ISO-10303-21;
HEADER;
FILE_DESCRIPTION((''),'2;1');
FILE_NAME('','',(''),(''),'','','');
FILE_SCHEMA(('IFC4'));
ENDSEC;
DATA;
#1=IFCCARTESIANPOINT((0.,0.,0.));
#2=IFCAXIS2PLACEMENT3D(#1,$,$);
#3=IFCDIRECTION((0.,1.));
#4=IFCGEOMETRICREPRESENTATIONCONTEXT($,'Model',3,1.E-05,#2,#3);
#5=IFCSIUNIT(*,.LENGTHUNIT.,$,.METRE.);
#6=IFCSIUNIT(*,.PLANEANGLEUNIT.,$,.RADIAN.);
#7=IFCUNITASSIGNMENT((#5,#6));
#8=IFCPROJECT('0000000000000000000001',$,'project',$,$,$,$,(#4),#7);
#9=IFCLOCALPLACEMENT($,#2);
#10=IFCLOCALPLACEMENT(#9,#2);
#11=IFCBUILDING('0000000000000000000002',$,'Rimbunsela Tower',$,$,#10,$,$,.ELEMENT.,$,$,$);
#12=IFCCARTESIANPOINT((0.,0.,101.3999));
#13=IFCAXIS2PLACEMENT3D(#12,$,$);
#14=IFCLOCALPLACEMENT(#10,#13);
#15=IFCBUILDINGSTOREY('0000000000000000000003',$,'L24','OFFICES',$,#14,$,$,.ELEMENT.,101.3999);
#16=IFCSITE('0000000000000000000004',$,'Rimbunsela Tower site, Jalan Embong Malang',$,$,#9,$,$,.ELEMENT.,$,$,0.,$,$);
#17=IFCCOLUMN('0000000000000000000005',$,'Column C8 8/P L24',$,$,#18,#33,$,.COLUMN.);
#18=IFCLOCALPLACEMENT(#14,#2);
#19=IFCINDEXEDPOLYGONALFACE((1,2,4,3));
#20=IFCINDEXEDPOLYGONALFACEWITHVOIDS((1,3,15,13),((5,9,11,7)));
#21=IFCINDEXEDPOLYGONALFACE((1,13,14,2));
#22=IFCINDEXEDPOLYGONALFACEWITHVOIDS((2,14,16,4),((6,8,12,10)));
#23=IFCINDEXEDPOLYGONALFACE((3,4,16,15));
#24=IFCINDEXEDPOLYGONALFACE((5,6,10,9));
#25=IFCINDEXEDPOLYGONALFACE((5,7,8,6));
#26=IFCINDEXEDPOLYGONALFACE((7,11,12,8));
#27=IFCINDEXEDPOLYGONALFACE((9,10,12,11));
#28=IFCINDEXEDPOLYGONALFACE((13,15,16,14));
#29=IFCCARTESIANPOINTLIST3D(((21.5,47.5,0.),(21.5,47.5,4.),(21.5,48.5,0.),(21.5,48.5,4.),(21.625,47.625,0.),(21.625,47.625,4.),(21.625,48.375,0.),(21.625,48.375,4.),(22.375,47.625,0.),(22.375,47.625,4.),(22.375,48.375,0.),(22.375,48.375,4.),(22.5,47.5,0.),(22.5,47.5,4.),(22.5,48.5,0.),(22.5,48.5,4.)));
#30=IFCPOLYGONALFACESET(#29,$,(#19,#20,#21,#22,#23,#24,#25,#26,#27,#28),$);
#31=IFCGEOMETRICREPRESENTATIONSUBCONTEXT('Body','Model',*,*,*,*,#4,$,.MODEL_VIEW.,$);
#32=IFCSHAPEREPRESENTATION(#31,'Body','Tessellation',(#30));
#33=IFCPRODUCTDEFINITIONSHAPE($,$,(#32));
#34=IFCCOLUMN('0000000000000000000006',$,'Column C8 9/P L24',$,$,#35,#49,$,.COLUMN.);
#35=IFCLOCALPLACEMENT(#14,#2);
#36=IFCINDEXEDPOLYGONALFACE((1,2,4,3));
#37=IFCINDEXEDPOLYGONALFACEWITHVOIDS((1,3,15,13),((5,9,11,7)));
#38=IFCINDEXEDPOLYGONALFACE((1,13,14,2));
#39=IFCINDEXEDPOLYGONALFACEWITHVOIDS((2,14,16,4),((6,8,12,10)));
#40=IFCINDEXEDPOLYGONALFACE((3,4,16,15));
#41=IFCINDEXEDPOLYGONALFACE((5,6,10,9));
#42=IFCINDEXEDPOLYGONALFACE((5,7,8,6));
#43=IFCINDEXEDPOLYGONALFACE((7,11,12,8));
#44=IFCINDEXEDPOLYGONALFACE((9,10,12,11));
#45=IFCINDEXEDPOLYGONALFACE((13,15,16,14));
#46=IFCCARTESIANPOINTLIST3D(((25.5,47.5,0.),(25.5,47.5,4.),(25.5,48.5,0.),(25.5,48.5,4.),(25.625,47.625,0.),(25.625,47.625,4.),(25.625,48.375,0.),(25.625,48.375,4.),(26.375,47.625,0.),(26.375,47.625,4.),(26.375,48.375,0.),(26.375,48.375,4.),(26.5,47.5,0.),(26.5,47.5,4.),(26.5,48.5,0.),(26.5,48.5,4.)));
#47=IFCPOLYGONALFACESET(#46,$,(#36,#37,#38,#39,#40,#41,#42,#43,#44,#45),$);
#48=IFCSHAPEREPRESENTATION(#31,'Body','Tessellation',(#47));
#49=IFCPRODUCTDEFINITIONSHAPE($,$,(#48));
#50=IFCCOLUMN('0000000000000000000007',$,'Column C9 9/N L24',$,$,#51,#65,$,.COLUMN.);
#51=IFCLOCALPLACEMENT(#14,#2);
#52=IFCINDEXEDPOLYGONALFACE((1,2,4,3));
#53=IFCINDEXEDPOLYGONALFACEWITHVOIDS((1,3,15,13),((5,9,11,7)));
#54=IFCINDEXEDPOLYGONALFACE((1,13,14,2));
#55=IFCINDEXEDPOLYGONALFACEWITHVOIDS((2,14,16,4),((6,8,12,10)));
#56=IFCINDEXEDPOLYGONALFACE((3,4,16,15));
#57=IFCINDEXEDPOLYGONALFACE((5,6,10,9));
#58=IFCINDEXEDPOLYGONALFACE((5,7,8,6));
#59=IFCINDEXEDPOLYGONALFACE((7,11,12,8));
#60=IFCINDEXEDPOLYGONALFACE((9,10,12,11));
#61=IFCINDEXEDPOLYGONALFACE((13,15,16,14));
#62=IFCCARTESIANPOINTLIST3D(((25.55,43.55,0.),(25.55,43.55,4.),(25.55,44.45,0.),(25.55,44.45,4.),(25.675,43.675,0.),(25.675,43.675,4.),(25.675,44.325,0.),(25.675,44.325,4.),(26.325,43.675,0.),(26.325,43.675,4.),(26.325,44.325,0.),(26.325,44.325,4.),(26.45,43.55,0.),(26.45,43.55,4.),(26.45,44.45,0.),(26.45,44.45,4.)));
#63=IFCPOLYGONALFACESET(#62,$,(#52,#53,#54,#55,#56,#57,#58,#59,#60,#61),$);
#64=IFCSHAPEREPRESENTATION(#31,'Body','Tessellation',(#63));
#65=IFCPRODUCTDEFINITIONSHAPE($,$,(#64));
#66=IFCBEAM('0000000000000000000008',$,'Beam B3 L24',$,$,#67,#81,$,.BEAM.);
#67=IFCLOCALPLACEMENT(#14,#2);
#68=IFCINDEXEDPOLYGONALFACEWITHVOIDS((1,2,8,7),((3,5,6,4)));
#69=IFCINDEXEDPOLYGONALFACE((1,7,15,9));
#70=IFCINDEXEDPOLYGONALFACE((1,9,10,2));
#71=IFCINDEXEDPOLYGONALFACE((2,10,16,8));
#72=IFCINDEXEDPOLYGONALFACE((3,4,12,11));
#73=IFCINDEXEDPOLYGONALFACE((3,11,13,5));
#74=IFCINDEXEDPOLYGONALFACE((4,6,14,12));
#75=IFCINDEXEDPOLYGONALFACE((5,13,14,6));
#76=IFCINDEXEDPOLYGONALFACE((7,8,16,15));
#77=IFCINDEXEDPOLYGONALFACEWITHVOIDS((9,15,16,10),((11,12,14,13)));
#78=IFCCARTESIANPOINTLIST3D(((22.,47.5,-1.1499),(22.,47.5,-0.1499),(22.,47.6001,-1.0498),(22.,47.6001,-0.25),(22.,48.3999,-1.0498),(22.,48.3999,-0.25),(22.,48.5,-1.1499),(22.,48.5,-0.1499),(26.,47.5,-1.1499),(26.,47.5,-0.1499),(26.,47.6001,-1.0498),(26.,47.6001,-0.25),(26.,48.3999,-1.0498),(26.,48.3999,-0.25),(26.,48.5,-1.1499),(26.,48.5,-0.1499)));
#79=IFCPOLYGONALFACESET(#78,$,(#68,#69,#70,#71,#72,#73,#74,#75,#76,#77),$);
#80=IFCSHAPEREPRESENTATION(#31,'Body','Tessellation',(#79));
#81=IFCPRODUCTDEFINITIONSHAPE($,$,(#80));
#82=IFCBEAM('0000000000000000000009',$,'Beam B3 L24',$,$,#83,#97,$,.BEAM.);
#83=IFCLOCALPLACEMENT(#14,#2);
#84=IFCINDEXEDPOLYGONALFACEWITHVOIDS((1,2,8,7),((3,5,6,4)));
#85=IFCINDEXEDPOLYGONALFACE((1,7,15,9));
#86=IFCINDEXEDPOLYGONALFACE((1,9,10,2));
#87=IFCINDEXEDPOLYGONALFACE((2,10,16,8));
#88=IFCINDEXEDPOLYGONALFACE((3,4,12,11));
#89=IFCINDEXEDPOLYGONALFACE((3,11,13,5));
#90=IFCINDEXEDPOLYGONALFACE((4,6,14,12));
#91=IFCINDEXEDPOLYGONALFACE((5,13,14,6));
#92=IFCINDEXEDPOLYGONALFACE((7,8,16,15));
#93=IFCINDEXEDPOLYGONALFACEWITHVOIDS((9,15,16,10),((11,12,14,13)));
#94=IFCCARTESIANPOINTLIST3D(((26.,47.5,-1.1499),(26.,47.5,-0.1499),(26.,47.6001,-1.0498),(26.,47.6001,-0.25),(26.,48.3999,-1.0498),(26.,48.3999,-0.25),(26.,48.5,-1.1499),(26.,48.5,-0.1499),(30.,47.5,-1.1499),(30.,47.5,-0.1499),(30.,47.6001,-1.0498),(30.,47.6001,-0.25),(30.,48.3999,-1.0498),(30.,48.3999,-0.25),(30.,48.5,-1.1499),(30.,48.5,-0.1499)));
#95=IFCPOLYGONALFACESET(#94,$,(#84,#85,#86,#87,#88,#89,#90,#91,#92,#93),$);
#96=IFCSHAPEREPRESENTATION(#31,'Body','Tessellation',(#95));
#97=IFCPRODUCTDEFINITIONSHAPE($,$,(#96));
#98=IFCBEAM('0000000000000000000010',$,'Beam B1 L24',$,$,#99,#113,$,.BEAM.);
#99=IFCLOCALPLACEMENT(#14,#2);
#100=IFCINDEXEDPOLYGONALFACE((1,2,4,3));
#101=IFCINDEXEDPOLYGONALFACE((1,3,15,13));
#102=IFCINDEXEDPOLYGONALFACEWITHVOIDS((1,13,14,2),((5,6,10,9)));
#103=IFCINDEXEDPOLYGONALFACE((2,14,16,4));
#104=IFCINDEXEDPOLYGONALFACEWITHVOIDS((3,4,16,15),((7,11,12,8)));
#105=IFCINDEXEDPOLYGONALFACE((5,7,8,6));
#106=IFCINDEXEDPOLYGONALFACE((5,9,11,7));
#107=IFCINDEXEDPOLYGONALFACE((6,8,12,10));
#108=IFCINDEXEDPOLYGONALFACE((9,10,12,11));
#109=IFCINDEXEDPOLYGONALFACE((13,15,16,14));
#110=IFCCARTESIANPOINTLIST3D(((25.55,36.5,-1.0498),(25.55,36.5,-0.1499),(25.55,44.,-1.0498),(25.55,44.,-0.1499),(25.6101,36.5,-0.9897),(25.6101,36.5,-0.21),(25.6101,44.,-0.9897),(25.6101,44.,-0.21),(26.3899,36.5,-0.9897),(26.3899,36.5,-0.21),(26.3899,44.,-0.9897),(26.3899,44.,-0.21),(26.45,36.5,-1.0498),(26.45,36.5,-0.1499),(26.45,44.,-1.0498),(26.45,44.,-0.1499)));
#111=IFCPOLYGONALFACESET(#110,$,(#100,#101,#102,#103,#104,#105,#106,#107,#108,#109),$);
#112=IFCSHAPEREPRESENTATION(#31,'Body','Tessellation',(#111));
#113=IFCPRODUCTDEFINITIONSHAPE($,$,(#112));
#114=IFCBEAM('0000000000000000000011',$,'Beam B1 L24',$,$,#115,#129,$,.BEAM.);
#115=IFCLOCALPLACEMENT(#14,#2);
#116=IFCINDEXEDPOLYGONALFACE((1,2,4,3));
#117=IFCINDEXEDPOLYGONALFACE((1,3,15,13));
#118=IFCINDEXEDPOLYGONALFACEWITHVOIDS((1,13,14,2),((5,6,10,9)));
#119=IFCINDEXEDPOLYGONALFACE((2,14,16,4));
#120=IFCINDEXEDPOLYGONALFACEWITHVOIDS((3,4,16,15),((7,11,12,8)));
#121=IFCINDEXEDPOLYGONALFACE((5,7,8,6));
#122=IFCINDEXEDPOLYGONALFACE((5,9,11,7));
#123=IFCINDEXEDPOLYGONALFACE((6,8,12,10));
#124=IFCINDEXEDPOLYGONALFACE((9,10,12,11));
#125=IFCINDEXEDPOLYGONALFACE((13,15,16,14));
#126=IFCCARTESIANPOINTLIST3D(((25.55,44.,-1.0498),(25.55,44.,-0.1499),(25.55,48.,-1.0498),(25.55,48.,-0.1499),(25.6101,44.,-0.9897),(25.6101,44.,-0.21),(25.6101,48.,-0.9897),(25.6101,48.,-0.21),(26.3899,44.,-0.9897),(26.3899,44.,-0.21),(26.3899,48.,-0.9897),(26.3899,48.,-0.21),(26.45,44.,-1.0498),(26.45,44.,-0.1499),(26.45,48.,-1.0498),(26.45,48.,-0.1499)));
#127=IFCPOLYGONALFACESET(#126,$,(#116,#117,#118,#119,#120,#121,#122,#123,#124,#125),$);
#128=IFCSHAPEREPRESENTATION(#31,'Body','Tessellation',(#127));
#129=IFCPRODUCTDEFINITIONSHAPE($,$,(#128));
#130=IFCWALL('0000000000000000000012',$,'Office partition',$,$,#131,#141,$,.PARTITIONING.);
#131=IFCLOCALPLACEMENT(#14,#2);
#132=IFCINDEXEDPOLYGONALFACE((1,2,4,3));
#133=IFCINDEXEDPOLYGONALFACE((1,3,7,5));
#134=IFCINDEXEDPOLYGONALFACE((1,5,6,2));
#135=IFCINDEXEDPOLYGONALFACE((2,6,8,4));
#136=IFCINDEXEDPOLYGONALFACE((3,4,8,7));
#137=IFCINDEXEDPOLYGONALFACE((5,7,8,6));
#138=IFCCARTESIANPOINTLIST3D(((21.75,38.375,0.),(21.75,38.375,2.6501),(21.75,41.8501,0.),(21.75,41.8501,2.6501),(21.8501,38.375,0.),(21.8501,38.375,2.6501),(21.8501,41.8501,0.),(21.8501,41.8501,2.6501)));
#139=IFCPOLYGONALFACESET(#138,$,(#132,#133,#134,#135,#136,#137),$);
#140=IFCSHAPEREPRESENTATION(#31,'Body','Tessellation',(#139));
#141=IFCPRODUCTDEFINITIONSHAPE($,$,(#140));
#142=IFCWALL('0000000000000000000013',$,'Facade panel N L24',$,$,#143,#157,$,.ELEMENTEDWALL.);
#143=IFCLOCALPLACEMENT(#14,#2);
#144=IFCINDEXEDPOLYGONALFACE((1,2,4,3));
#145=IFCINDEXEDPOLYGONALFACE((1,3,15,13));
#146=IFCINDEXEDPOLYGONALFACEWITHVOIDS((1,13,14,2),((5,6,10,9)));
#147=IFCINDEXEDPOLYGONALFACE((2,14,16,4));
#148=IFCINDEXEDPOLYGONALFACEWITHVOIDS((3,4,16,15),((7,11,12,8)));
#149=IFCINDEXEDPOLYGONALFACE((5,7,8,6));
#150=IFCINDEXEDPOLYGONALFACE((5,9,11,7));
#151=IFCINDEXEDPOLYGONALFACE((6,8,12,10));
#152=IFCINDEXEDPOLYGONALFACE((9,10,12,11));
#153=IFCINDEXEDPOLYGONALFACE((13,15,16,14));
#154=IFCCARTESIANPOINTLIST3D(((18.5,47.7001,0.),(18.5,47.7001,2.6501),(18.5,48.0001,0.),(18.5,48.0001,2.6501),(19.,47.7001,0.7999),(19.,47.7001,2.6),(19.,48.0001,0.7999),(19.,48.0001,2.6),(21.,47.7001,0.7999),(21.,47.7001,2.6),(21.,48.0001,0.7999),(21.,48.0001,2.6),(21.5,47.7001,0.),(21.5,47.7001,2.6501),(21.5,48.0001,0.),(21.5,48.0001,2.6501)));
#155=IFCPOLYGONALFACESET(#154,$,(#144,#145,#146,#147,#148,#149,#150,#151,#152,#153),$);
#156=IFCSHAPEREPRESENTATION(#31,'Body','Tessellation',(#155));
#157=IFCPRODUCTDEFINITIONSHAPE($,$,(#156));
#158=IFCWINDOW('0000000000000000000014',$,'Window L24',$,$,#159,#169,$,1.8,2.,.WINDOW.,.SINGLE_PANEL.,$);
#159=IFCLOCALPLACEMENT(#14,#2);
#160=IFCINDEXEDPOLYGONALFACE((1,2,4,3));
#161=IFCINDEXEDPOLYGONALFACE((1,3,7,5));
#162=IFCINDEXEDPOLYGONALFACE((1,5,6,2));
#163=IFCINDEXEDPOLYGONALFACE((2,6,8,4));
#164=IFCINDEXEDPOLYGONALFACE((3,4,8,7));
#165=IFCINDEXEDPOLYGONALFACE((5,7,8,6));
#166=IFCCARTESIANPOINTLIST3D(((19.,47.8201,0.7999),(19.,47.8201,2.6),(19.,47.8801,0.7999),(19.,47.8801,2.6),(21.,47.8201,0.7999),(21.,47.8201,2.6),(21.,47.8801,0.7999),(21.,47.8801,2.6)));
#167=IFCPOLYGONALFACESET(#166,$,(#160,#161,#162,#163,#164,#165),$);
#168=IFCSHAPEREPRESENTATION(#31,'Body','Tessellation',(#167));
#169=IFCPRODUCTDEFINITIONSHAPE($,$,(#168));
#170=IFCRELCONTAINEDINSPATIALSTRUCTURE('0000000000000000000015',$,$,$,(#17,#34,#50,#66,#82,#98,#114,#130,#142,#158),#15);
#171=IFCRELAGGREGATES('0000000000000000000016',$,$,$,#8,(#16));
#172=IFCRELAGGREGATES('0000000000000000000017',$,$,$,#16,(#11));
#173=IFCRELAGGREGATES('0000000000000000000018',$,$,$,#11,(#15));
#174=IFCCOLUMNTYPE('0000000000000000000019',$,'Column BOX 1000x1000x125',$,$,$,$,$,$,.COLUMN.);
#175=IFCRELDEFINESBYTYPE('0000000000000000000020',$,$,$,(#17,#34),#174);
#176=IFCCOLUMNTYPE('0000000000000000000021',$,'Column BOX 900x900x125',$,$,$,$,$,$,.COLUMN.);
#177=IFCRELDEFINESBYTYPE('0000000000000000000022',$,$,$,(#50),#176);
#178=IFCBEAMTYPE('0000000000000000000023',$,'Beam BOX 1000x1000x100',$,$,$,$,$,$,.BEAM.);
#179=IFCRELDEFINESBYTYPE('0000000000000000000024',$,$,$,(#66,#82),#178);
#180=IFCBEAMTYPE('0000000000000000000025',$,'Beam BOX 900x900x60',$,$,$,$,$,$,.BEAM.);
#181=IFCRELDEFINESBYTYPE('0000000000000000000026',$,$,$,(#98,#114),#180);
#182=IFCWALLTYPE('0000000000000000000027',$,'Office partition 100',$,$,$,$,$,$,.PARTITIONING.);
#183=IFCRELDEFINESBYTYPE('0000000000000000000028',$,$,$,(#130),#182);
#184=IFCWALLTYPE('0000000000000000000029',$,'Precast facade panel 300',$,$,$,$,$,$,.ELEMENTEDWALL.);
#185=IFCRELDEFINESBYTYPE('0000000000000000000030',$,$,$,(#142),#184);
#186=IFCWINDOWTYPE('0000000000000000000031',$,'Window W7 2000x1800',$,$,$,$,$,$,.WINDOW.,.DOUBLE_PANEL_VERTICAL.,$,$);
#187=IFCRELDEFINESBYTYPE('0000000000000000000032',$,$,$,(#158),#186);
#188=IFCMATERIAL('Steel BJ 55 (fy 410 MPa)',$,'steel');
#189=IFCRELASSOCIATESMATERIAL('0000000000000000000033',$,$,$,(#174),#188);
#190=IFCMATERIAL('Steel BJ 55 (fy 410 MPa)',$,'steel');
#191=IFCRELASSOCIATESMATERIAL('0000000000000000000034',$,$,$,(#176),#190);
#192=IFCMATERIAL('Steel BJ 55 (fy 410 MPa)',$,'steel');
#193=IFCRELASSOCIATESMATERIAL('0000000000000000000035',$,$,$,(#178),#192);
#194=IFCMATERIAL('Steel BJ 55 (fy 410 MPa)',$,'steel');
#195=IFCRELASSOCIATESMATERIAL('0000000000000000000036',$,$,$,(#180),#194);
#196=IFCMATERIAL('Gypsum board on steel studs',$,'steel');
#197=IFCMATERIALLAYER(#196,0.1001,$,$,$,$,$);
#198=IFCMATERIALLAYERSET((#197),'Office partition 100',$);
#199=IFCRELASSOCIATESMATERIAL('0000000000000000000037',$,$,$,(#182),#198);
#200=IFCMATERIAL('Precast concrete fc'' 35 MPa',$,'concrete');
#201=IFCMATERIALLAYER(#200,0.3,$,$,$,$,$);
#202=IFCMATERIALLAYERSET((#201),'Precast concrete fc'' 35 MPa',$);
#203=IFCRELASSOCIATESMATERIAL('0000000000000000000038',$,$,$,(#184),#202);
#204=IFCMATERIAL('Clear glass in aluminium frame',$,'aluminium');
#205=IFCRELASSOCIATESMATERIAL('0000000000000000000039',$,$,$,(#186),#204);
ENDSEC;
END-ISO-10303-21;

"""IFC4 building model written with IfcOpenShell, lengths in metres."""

from ifc_helpers import new_model, si_unit, direction, frame, frame_2d, origin, origin_2d, place, context, subcontext, project, spatial, rectangle, hollow_rectangle, extrude, material, layer, layer_set, material_profile, profile_set, type_object, element, fill, save


model = new_model("IFC4")

# Units and contexts
model_context = context("Model", 3, precision=1e-05, world=origin(), true_north=direction((0.0, 1.0)))
body_context = subcontext(model_context, "Body", "Model", "MODEL_VIEW")
ifc_project = project(units=[si_unit("LENGTHUNIT", "METRE"), si_unit("PLANEANGLEUNIT", "RADIAN")], contexts=[model_context])

# Site, building, storey
site_placement = place(None, origin())
site = spatial("IfcSite", under=ifc_project, at=site_placement, Name="Rimbunsela Tower site, Jalan Embong Malang", CompositionType="ELEMENT", RefElevation=0.0)
building_placement = place(site_placement, origin())
building = spatial("IfcBuilding", under=site, at=building_placement, Name="Rimbunsela Tower", CompositionType="ELEMENT")
storey_placement = place(building_placement, frame((0.0, 0.0, 101.3999)))
storey = spatial("IfcBuildingStorey", under=building, at=storey_placement, Name="L24", Description="OFFICES", CompositionType="ELEMENT", Elevation=101.3999)

# Columns
ifc_material_1 = material(Name="Steel BJ 55 (fy 410 MPa)", Category="steel")
ifc_material_profile_1 = material_profile(ifc_material_1, hollow_rectangle(XDim=1.0, YDim=1.0, WallThickness=0.125, at=origin_2d()), Name="BOX 1000x1000x125")
ifc_profile_set_1 = profile_set([ifc_material_profile_1], Name="Steel BJ 55 (fy 410 MPa)")
column_type_1 = type_object("IfcColumnType", Name="Column BOX 1000x1000x125", PredefinedType="COLUMN", material=ifc_profile_set_1)
for number, where, z_axis, x_axis, name in (
    (1, (22.0, 48.0, 0.0), (0.0, 0.0, 1.0), (1.0, 0.0, 0.0), "Column C8 8/P L24"),
    (2, (26.0, 48.0, 0.0), (0.0, 0.0, 1.0), (1.0, 0.0, 0.0), "Column C8 9/P L24"),
):
    element("IfcColumn", number, at=place(storey_placement, frame(where, z_axis=z_axis, x_axis=x_axis)), inside=storey, type_object=column_type_1, Name=name, PredefinedType="COLUMN", context=body_context, shape_type="SweptSolid", body=[
        extrude(hollow_rectangle(XDim=1.0, YDim=1.0, WallThickness=0.125, at=origin_2d()), origin(), (0.0, 0.0, 1.0), 4.0),
    ])
ifc_material_2 = material(Name="Steel BJ 55 (fy 410 MPa)", Category="steel")
ifc_material_profile_2 = material_profile(ifc_material_2, hollow_rectangle(XDim=0.8999, YDim=0.8999, WallThickness=0.125, at=origin_2d()), Name="BOX 900x900x125")
ifc_profile_set_2 = profile_set([ifc_material_profile_2], Name="Steel BJ 55 (fy 410 MPa)")
column_type_2 = type_object("IfcColumnType", Name="Column BOX 900x900x125", PredefinedType="COLUMN", material=ifc_profile_set_2)
column_placement = place(storey_placement, frame((26.0, 44.0, 0.0), z_axis=(0.0, 0.0, 1.0), x_axis=(1.0, 0.0, 0.0)))
element("IfcColumn", 3, at=column_placement, inside=storey, type_object=column_type_2, Name="Column C9 9/N L24", PredefinedType="COLUMN", context=body_context, shape_type="SweptSolid", body=[
    extrude(hollow_rectangle(XDim=0.8999, YDim=0.8999, WallThickness=0.125, at=origin_2d()), origin(), (0.0, 0.0, 1.0), 4.0),
])

# Beams
ifc_material_3 = material(Name="Steel BJ 55 (fy 410 MPa)", Category="steel")
ifc_material_profile_3 = material_profile(ifc_material_3, hollow_rectangle(XDim=1.0, YDim=1.0, WallThickness=0.1001, at=origin_2d()), Name="BOX 1000x1000x100")
ifc_profile_set_3 = profile_set([ifc_material_profile_3], Name="Steel BJ 55 (fy 410 MPa)")
beam_type_1 = type_object("IfcBeamType", Name="Beam BOX 1000x1000x100", PredefinedType="BEAM", material=ifc_profile_set_3)
for number, where, z_axis, x_axis, name in (
    (4, (22.0, 48.0, -0.6499), (1.0, 0.0, 0.0), (0.0, 1.0, 0.0), "Beam B3 L24"),
    (5, (26.0, 48.0, -0.6499), (1.0, 0.0, 0.0), (0.0, 1.0, 0.0), "Beam B3 L24"),
):
    element("IfcBeam", number, at=place(storey_placement, frame(where, z_axis=z_axis, x_axis=x_axis)), inside=storey, type_object=beam_type_1, Name=name, PredefinedType="BEAM", context=body_context, shape_type="SweptSolid", body=[
        extrude(hollow_rectangle(XDim=1.0, YDim=1.0, WallThickness=0.1001, at=origin_2d()), origin(), (0.0, 0.0, 1.0), 4.0),
    ])
ifc_material_4 = material(Name="Steel BJ 55 (fy 410 MPa)", Category="steel")
ifc_material_profile_4 = material_profile(ifc_material_4, hollow_rectangle(XDim=0.8999, YDim=0.8999, WallThickness=0.0601, at=origin_2d()), Name="BOX 900x900x60")
ifc_profile_set_4 = profile_set([ifc_material_profile_4], Name="Steel BJ 55 (fy 410 MPa)")
beam_type_2 = type_object("IfcBeamType", Name="Beam BOX 900x900x60", PredefinedType="BEAM", material=ifc_profile_set_4)
beam_1_placement = place(storey_placement, frame((26.0, 36.5, -0.5999), z_axis=(0.0, 1.0, 0.0), x_axis=(-1.0, 0.0, 0.0)))
element("IfcBeam", 6, at=beam_1_placement, inside=storey, type_object=beam_type_2, Name="Beam B1 L24", PredefinedType="BEAM", context=body_context, shape_type="SweptSolid", body=[
    extrude(hollow_rectangle(XDim=0.8999, YDim=0.8999, WallThickness=0.0601, at=origin_2d()), origin(), (0.0, 0.0, 1.0), 7.5),
])
beam_2_placement = place(storey_placement, frame((26.0, 44.0, -0.5999), z_axis=(0.0, 1.0, 0.0), x_axis=(-1.0, 0.0, 0.0)))
element("IfcBeam", 7, at=beam_2_placement, inside=storey, type_object=beam_type_2, Name="Beam B1 L24", PredefinedType="BEAM", context=body_context, shape_type="SweptSolid", body=[
    extrude(hollow_rectangle(XDim=0.8999, YDim=0.8999, WallThickness=0.0601, at=origin_2d()), origin(), (0.0, 0.0, 1.0), 4.0),
])

# Wall
ifc_material_5 = material(Name="Gypsum board on steel studs", Category="steel")
ifc_layer_1 = layer(ifc_material_5, 0.1001)
ifc_layer_set_1 = layer_set([ifc_layer_1], Name="Office partition 100")
wall_type_1 = type_object("IfcWallType", Name="Office partition 100", PredefinedType="PARTITIONING", material=ifc_layer_set_1)
wall_1_placement = place(storey_placement, frame((21.8, 38.375, 0.0), z_axis=(0.0, 0.0, 1.0), x_axis=(0.0, 1.0, 0.0)))
element("IfcWall", 8, at=wall_1_placement, inside=storey, type_object=wall_type_1, Name="Office partition", PredefinedType="PARTITIONING", context=body_context, shape_type="SweptSolid", body=[
    extrude(rectangle(XDim=3.4751, YDim=0.1001, at=frame_2d((1.7375, 0.0))), origin(), (0.0, 0.0, 1.0), 2.6501),
])

# Wall, opening, window
ifc_material_6 = material(Name="Precast concrete fc' 35 MPa", Category="concrete")
ifc_layer_2 = layer(ifc_material_6, 0.3)
ifc_layer_set_2 = layer_set([ifc_layer_2], Name="Precast concrete fc' 35 MPa")
wall_type_2 = type_object("IfcWallType", Name="Precast facade panel 300", PredefinedType="ELEMENTEDWALL", material=ifc_layer_set_2)
wall_2_placement = place(storey_placement, frame((21.5, 47.8501, 0.0), z_axis=(0.0, 0.0, 1.0), x_axis=(-1.0, 0.0, 0.0)))
wall_2 = element("IfcWall", 9, at=wall_2_placement, inside=storey, type_object=wall_type_2, Name="Facade panel N L24", PredefinedType="ELEMENTEDWALL", context=body_context, shape_type="SweptSolid", body=[
    extrude(rectangle(XDim=3.0, YDim=0.3, at=frame_2d((1.5, 0.0))), origin(), (0.0, 0.0, 1.0), 2.6501),
])
opening_1_placement = place(wall_2_placement, frame((0.5, 0.0, 0.8)))
opening_1 = element("IfcOpeningElement", 10, at=opening_1_placement, cuts=wall_2, PredefinedType="OPENING", context=body_context, shape_type="SweptSolid", body=[
    extrude(rectangle(XDim=2.0, YDim=1.8, at=frame_2d((1.0, 0.8999))), frame((0.0, 0.1599, 0.0), z_axis=(0.0, -1.0, 0.0), x_axis=(1.0, 0.0, 0.0)), (0.0, 0.0, 1.0), 0.3201),
])
ifc_material_7 = material(Name="Clear glass in aluminium frame", Category="aluminium")
window_type = type_object("IfcWindowType", Name="Window W7 2000x1800", PartitioningType="DOUBLE_PANEL_VERTICAL", PredefinedType="WINDOW", material=ifc_material_7)
window_1_placement = place(opening_1_placement, origin())
window_1 = element("IfcWindow", 11, at=window_1_placement, inside=storey, type_object=window_type, Name="Window L24", OverallHeight=1.8, OverallWidth=2.0, PartitioningType="SINGLE_PANEL", PredefinedType="WINDOW", context=body_context, shape_type="SweptSolid", body=[
    extrude(rectangle(XDim=2.0, YDim=1.8, at=frame_2d((1.0, 0.8999))), frame((0.0, 0.03, 0.0), z_axis=(0.0, -1.0, 0.0), x_axis=(1.0, 0.0, 0.0)), (0.0, 0.0, 1.0), 0.0601),
])
fill(opening_1, window_1)

save(model, "model.ifc")
